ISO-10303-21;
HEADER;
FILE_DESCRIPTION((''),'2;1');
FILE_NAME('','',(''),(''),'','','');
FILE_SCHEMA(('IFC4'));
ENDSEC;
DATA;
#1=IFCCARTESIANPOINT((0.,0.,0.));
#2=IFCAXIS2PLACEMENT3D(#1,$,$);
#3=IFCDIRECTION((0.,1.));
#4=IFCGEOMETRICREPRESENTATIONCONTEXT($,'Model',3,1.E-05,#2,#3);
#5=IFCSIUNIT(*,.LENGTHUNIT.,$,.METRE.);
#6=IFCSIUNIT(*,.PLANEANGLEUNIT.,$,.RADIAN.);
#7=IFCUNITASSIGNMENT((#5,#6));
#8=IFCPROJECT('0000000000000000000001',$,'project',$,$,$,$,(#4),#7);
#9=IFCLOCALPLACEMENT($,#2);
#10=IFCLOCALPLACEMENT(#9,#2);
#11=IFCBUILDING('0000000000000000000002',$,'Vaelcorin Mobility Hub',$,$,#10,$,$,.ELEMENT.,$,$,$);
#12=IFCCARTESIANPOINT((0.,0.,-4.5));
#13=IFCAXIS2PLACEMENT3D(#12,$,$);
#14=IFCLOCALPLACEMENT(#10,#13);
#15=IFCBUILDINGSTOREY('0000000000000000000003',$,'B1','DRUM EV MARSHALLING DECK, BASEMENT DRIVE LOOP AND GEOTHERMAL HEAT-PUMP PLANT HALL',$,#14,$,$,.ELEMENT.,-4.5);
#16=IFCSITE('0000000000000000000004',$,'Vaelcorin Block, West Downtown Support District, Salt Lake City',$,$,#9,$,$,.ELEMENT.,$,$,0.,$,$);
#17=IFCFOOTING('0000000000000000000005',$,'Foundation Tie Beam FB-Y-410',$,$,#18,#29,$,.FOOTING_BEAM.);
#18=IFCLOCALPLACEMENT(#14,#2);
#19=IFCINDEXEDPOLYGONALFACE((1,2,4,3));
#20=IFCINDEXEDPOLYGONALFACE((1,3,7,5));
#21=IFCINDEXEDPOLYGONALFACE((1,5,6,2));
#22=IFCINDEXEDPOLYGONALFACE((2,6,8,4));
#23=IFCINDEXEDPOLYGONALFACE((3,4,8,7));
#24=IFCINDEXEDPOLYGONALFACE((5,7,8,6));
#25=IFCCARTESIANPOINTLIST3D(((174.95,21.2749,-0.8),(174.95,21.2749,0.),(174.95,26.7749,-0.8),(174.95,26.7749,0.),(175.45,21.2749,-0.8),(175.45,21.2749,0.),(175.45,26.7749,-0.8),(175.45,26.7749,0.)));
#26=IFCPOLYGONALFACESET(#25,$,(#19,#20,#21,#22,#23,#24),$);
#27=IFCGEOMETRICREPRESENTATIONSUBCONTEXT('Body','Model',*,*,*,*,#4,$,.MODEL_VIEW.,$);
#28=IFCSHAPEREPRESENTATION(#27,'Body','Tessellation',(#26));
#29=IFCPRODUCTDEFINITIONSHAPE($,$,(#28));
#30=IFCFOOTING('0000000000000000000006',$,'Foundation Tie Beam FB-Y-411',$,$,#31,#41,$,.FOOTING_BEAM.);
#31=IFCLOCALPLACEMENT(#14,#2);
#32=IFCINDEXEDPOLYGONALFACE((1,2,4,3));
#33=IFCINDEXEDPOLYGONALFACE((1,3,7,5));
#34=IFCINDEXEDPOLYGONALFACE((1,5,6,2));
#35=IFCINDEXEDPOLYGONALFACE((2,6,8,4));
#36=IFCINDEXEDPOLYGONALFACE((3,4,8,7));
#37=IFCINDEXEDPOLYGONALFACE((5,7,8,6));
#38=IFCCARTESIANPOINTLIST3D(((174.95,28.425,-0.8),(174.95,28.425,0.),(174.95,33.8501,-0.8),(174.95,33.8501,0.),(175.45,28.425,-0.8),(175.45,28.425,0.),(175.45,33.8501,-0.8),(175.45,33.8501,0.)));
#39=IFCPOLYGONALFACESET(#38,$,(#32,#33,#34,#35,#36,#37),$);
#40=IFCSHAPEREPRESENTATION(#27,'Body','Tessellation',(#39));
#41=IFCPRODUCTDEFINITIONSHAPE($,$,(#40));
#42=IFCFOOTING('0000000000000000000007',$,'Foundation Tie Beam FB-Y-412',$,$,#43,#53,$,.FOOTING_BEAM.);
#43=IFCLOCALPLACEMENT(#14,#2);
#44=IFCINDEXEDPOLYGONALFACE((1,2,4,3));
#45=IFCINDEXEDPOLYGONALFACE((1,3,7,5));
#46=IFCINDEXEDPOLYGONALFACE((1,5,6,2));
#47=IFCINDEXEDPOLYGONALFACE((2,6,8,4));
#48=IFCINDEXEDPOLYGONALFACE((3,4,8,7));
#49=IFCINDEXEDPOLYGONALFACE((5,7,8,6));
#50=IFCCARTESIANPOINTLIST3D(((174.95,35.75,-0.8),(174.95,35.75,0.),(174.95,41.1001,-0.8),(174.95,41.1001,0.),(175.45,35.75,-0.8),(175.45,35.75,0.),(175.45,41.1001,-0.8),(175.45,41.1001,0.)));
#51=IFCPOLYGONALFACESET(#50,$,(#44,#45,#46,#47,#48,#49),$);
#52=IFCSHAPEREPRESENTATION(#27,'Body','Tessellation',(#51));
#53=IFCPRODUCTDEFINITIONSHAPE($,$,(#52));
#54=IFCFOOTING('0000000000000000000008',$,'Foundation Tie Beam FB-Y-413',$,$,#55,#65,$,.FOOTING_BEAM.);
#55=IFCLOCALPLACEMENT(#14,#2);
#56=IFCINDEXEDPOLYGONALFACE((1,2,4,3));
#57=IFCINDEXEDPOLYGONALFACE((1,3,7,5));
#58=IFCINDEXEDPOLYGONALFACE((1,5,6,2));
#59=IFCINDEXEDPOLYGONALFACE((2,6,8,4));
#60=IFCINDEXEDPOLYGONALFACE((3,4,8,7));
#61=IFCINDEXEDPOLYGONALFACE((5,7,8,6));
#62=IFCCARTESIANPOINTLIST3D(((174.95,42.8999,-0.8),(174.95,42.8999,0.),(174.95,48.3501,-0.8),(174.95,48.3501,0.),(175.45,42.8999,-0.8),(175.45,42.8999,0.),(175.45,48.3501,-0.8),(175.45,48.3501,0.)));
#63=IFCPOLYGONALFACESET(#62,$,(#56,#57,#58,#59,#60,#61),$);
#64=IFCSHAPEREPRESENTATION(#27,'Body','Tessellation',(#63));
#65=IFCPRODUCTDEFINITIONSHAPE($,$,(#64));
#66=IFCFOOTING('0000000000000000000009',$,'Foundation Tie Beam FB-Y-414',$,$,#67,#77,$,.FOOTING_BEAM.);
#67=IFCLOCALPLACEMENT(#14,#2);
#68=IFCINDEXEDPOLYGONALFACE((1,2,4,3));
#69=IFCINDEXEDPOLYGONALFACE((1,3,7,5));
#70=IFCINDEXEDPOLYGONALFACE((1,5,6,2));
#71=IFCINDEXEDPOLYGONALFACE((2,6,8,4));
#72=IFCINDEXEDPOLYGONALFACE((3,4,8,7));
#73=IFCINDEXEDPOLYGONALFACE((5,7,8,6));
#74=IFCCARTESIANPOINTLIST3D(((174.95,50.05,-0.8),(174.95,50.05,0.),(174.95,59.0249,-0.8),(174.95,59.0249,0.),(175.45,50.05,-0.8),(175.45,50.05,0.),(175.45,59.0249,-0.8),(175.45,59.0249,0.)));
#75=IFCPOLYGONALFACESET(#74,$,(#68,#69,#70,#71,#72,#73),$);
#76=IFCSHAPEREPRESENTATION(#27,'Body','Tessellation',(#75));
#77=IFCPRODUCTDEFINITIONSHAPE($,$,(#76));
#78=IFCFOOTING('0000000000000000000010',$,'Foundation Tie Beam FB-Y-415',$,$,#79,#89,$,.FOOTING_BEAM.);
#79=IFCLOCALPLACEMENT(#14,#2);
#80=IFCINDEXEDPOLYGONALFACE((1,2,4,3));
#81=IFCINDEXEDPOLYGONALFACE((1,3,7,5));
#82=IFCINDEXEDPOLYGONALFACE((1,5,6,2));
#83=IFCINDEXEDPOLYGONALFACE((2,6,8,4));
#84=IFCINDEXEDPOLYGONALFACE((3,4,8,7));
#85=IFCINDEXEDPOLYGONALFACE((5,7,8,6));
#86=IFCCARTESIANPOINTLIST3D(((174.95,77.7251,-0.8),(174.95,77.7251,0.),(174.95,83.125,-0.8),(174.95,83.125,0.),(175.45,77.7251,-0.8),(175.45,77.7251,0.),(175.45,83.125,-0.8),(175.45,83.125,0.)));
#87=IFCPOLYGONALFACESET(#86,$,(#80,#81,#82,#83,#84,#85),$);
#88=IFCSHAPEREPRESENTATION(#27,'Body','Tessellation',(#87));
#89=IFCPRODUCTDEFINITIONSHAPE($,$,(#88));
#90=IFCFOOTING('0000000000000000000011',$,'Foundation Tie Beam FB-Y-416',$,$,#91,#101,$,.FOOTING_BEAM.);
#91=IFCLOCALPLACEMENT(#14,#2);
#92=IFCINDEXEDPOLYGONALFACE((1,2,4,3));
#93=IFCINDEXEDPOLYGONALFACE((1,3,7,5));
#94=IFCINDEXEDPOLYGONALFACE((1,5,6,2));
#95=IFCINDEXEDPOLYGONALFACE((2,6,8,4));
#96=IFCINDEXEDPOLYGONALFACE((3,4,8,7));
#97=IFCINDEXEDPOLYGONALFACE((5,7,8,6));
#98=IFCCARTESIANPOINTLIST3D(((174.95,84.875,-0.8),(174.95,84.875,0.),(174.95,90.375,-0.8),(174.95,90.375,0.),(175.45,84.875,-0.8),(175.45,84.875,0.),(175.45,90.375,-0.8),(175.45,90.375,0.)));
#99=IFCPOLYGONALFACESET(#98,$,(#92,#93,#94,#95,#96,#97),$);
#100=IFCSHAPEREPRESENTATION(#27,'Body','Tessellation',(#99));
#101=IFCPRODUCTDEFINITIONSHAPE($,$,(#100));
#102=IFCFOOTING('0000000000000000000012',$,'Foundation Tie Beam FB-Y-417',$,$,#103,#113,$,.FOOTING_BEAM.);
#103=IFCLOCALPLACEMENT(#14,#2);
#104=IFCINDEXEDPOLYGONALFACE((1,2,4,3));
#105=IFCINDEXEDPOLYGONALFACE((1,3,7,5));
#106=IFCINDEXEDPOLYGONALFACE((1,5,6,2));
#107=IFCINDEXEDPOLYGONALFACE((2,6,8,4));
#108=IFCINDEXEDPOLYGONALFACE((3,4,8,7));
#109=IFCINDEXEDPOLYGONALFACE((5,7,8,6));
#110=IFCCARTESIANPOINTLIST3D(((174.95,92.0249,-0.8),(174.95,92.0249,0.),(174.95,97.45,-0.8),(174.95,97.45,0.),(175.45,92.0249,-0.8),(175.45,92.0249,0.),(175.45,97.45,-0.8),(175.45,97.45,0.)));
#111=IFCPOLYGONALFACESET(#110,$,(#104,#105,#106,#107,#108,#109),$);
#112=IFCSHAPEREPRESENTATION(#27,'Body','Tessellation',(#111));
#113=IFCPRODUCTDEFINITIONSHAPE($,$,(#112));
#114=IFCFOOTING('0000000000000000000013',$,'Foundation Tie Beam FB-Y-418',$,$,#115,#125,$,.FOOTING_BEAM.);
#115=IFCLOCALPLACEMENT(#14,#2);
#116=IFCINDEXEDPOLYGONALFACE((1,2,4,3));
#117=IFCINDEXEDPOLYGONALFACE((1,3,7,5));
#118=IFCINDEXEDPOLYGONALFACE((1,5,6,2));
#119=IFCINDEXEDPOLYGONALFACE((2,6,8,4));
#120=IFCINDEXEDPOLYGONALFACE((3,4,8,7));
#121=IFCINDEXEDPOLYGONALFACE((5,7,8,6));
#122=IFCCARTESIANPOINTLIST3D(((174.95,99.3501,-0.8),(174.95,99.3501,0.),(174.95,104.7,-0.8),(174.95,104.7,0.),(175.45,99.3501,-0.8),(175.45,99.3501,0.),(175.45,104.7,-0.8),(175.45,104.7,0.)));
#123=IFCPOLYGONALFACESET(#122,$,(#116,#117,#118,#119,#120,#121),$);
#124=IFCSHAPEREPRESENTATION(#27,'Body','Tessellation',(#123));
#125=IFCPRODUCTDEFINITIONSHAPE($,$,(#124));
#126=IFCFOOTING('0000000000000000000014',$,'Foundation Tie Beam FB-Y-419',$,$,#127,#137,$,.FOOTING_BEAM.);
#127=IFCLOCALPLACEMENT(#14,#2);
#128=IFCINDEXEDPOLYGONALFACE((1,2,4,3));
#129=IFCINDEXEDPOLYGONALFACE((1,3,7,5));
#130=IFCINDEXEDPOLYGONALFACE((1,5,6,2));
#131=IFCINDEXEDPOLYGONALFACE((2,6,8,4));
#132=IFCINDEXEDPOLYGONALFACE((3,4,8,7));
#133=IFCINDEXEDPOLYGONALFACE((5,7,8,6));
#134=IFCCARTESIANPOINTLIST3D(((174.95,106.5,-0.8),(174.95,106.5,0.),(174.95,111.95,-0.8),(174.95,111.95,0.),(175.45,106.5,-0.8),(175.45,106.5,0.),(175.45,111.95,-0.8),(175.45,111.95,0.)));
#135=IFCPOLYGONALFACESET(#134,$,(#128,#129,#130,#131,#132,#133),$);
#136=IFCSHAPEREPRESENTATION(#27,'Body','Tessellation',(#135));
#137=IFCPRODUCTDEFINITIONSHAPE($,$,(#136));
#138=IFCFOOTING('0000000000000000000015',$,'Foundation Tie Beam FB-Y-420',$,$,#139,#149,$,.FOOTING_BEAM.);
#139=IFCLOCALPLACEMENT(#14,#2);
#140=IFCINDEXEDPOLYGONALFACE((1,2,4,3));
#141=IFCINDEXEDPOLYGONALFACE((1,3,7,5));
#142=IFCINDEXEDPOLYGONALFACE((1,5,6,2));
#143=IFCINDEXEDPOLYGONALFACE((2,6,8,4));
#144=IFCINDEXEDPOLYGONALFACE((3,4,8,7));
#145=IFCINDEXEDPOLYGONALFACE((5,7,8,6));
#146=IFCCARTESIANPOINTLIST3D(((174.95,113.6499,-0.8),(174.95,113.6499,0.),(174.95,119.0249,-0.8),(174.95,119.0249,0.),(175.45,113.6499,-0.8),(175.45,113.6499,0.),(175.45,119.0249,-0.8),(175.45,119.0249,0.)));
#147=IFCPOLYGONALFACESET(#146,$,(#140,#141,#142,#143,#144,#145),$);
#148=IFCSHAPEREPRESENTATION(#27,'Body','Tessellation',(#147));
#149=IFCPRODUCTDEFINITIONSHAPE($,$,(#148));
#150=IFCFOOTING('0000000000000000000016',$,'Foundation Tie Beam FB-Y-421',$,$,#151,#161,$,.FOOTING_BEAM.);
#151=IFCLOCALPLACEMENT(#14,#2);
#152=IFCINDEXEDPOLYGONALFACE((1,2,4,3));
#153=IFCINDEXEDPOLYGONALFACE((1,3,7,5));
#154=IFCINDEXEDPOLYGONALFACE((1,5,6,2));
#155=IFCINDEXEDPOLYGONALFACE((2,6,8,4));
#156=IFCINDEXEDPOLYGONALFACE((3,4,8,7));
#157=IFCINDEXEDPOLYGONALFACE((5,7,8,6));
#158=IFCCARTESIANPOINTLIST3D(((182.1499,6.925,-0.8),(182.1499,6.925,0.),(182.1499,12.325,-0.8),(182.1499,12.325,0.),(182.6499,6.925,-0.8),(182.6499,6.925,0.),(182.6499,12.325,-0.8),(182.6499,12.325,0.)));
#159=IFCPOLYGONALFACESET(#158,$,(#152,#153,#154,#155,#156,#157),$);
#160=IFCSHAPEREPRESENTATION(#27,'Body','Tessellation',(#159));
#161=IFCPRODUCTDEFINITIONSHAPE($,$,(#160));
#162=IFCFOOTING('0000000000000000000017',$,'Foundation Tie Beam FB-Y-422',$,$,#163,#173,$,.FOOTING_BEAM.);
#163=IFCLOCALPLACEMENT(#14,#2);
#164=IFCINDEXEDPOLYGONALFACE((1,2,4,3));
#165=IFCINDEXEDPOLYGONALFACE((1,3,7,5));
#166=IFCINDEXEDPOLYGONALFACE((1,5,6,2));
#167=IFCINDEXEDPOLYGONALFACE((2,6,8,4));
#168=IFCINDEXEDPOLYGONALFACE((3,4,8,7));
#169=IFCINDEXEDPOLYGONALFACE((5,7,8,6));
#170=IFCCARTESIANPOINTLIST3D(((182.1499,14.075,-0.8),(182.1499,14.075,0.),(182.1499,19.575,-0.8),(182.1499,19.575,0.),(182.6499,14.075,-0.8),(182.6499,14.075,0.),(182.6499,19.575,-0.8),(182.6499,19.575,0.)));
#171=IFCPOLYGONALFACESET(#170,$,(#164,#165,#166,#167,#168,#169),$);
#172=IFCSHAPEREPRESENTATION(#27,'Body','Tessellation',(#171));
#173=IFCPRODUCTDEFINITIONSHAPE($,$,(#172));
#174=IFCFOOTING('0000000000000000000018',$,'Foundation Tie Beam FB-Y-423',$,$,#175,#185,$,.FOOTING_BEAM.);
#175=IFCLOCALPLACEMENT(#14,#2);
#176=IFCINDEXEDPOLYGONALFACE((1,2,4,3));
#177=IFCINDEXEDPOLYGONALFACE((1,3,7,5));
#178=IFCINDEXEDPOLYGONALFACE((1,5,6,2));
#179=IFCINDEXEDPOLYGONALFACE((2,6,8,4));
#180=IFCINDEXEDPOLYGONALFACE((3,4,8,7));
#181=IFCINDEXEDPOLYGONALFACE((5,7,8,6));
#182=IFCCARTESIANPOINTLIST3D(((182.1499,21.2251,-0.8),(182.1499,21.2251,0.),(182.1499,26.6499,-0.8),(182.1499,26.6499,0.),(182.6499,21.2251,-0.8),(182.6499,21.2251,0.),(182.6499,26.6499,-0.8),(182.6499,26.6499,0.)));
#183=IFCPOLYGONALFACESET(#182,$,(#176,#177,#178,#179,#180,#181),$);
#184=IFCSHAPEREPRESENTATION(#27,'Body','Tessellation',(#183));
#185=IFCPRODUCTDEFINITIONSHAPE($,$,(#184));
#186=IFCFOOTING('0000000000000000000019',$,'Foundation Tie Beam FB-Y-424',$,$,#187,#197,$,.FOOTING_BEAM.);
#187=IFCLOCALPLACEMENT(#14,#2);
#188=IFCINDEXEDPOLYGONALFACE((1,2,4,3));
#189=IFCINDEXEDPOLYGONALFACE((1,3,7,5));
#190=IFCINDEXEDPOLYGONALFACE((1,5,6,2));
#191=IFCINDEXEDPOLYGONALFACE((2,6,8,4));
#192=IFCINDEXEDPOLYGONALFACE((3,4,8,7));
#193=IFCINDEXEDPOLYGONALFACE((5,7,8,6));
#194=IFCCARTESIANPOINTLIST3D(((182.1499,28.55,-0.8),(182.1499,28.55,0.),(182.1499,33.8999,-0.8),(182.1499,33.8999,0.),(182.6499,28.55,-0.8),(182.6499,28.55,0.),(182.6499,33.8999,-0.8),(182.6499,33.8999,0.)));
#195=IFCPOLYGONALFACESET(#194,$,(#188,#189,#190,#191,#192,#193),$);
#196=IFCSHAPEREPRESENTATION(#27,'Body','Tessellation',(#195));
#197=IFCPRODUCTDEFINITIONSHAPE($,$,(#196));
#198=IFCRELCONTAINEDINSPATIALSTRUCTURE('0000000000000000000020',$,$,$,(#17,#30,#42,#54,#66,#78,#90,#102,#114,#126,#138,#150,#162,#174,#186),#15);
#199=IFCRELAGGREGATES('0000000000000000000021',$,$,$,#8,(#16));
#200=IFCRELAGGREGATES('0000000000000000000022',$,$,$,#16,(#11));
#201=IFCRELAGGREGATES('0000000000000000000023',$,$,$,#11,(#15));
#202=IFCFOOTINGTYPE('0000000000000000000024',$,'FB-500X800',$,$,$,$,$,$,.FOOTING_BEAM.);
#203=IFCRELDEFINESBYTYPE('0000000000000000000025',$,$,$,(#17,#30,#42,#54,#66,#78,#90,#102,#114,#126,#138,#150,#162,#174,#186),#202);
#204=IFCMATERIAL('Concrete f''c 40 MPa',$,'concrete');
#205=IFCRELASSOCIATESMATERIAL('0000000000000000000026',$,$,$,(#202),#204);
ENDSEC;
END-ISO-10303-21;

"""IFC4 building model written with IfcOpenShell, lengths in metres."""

from ifc_helpers import new_model, si_unit, direction, frame, origin, place, context, subcontext, project, spatial, polyline, outline, extrude, material, type_object, element, save


model = new_model("IFC4")

# Units and contexts
model_context = context("Model", 3, precision=1e-05, world=origin(), true_north=direction((0.0, 1.0)))
body_context = subcontext(model_context, "Body", "Model", "MODEL_VIEW")
ifc_project = project(units=[si_unit("LENGTHUNIT", "METRE"), si_unit("PLANEANGLEUNIT", "RADIAN")], contexts=[model_context])

# Site, building, storey
site_placement = place(None, origin())
site = spatial("IfcSite", under=ifc_project, at=site_placement, Name="Vaelcorin Block, West Downtown Support District, Salt Lake City", CompositionType="ELEMENT", RefElevation=0.0)
building_placement = place(site_placement, origin())
building = spatial("IfcBuilding", under=site, at=building_placement, Name="Vaelcorin Mobility Hub", CompositionType="ELEMENT")
storey_placement = place(building_placement, frame((0.0, 0.0, -4.5)))
storey = spatial("IfcBuildingStorey", under=building, at=storey_placement, Name="B1", Description="DRUM EV MARSHALLING DECK, BASEMENT DRIVE LOOP AND GEOTHERMAL HEAT-PUMP PLANT HALL", CompositionType="ELEMENT", Elevation=-4.5)

# Footings
ifc_material = material(Name="Concrete f'c 40 MPa", Category="concrete")
footing_type = type_object("IfcFootingType", Name="FB-500X800", PredefinedType="FOOTING_BEAM", material=ifc_material)
footing_1_placement = place(storey_placement, frame((0.0, 0.0, -0.8)))
element("IfcFooting", 1, at=footing_1_placement, inside=storey, type_object=footing_type, Name="Foundation Tie Beam FB-Y-410", PredefinedType="FOOTING_BEAM", context=body_context, shape_type="SweptSolid", body=[
    extrude(outline(polyline([(174.95, 21.2749), (175.45, 21.2749), (175.45, 26.7749), (174.95, 26.7749), (174.95, 21.2749)])), origin(), (0.0, 0.0, 1.0), 0.8),
])
footing_2_placement = place(storey_placement, frame((0.0, 0.0, -0.8)))
element("IfcFooting", 2, at=footing_2_placement, inside=storey, type_object=footing_type, Name="Foundation Tie Beam FB-Y-411", PredefinedType="FOOTING_BEAM", context=body_context, shape_type="SweptSolid", body=[
    extrude(outline(polyline([(174.95, 28.425), (175.45, 28.425), (175.45, 33.8501), (174.95, 33.8501), (174.95, 28.425)])), origin(), (0.0, 0.0, 1.0), 0.8),
])
footing_3_placement = place(storey_placement, frame((0.0, 0.0, -0.8)))
element("IfcFooting", 3, at=footing_3_placement, inside=storey, type_object=footing_type, Name="Foundation Tie Beam FB-Y-412", PredefinedType="FOOTING_BEAM", context=body_context, shape_type="SweptSolid", body=[
    extrude(outline(polyline([(174.95, 35.75), (175.45, 35.75), (175.45, 41.1001), (174.95, 41.1001), (174.95, 35.75)])), origin(), (0.0, 0.0, 1.0), 0.8),
])
footing_4_placement = place(storey_placement, frame((0.0, 0.0, -0.8)))
element("IfcFooting", 4, at=footing_4_placement, inside=storey, type_object=footing_type, Name="Foundation Tie Beam FB-Y-413", PredefinedType="FOOTING_BEAM", context=body_context, shape_type="SweptSolid", body=[
    extrude(outline(polyline([(174.95, 42.8999), (175.45, 42.8999), (175.45, 48.3501), (174.95, 48.3501), (174.95, 42.8999)])), origin(), (0.0, 0.0, 1.0), 0.8),
])
footing_5_placement = place(storey_placement, frame((0.0, 0.0, -0.8)))
element("IfcFooting", 5, at=footing_5_placement, inside=storey, type_object=footing_type, Name="Foundation Tie Beam FB-Y-414", PredefinedType="FOOTING_BEAM", context=body_context, shape_type="SweptSolid", body=[
    extrude(outline(polyline([(174.95, 50.05), (175.45, 50.05), (175.45, 59.0249), (174.95, 59.0249), (174.95, 50.05)])), origin(), (0.0, 0.0, 1.0), 0.8),
])
footing_6_placement = place(storey_placement, frame((0.0, 0.0, -0.8)))
element("IfcFooting", 6, at=footing_6_placement, inside=storey, type_object=footing_type, Name="Foundation Tie Beam FB-Y-415", PredefinedType="FOOTING_BEAM", context=body_context, shape_type="SweptSolid", body=[
    extrude(outline(polyline([(174.95, 77.7251), (175.45, 77.7251), (175.45, 83.125), (174.95, 83.125), (174.95, 77.7251)])), origin(), (0.0, 0.0, 1.0), 0.8),
])
footing_7_placement = place(storey_placement, frame((0.0, 0.0, -0.8)))
element("IfcFooting", 7, at=footing_7_placement, inside=storey, type_object=footing_type, Name="Foundation Tie Beam FB-Y-416", PredefinedType="FOOTING_BEAM", context=body_context, shape_type="SweptSolid", body=[
    extrude(outline(polyline([(174.95, 84.875), (175.45, 84.875), (175.45, 90.375), (174.95, 90.375), (174.95, 84.875)])), origin(), (0.0, 0.0, 1.0), 0.8),
])
footing_8_placement = place(storey_placement, frame((0.0, 0.0, -0.8)))
element("IfcFooting", 8, at=footing_8_placement, inside=storey, type_object=footing_type, Name="Foundation Tie Beam FB-Y-417", PredefinedType="FOOTING_BEAM", context=body_context, shape_type="SweptSolid", body=[
    extrude(outline(polyline([(174.95, 92.0249), (175.45, 92.0249), (175.45, 97.45), (174.95, 97.45), (174.95, 92.0249)])), origin(), (0.0, 0.0, 1.0), 0.8),
])
footing_9_placement = place(storey_placement, frame((0.0, 0.0, -0.8)))
element("IfcFooting", 9, at=footing_9_placement, inside=storey, type_object=footing_type, Name="Foundation Tie Beam FB-Y-418", PredefinedType="FOOTING_BEAM", context=body_context, shape_type="SweptSolid", body=[
    extrude(outline(polyline([(174.95, 99.3501), (175.45, 99.3501), (175.45, 104.7), (174.95, 104.7), (174.95, 99.3501)])), origin(), (0.0, 0.0, 1.0), 0.8),
])
footing_10_placement = place(storey_placement, frame((0.0, 0.0, -0.8)))
element("IfcFooting", 10, at=footing_10_placement, inside=storey, type_object=footing_type, Name="Foundation Tie Beam FB-Y-419", PredefinedType="FOOTING_BEAM", context=body_context, shape_type="SweptSolid", body=[
    extrude(outline(polyline([(174.95, 106.5), (175.45, 106.5), (175.45, 111.95), (174.95, 111.95), (174.95, 106.5)])), origin(), (0.0, 0.0, 1.0), 0.8),
])
footing_11_placement = place(storey_placement, frame((0.0, 0.0, -0.8)))
element("IfcFooting", 11, at=footing_11_placement, inside=storey, type_object=footing_type, Name="Foundation Tie Beam FB-Y-420", PredefinedType="FOOTING_BEAM", context=body_context, shape_type="SweptSolid", body=[
    extrude(outline(polyline([(174.95, 113.6499), (175.45, 113.6499), (175.45, 119.0249), (174.95, 119.0249), (174.95, 113.6499)])), origin(), (0.0, 0.0, 1.0), 0.8),
])
footing_12_placement = place(storey_placement, frame((0.0, 0.0, -0.8)))
element("IfcFooting", 12, at=footing_12_placement, inside=storey, type_object=footing_type, Name="Foundation Tie Beam FB-Y-421", PredefinedType="FOOTING_BEAM", context=body_context, shape_type="SweptSolid", body=[
    extrude(outline(polyline([(182.1499, 6.925), (182.6499, 6.925), (182.6499, 12.325), (182.1499, 12.325), (182.1499, 6.925)])), origin(), (0.0, 0.0, 1.0), 0.8),
])
footing_13_placement = place(storey_placement, frame((0.0, 0.0, -0.8)))
element("IfcFooting", 13, at=footing_13_placement, inside=storey, type_object=footing_type, Name="Foundation Tie Beam FB-Y-422", PredefinedType="FOOTING_BEAM", context=body_context, shape_type="SweptSolid", body=[
    extrude(outline(polyline([(182.1499, 14.075), (182.6499, 14.075), (182.6499, 19.575), (182.1499, 19.575), (182.1499, 14.075)])), origin(), (0.0, 0.0, 1.0), 0.8),
])
footing_14_placement = place(storey_placement, frame((0.0, 0.0, -0.8)))
element("IfcFooting", 14, at=footing_14_placement, inside=storey, type_object=footing_type, Name="Foundation Tie Beam FB-Y-423", PredefinedType="FOOTING_BEAM", context=body_context, shape_type="SweptSolid", body=[
    extrude(outline(polyline([(182.1499, 21.2251), (182.6499, 21.2251), (182.6499, 26.6499), (182.1499, 26.6499), (182.1499, 21.2251)])), origin(), (0.0, 0.0, 1.0), 0.8),
])
footing_15_placement = place(storey_placement, frame((0.0, 0.0, -0.8)))
element("IfcFooting", 15, at=footing_15_placement, inside=storey, type_object=footing_type, Name="Foundation Tie Beam FB-Y-424", PredefinedType="FOOTING_BEAM", context=body_context, shape_type="SweptSolid", body=[
    extrude(outline(polyline([(182.1499, 28.55), (182.6499, 28.55), (182.6499, 33.8999), (182.1499, 33.8999), (182.1499, 28.55)])), origin(), (0.0, 0.0, 1.0), 0.8),
])

save(model, "model.ifc")
